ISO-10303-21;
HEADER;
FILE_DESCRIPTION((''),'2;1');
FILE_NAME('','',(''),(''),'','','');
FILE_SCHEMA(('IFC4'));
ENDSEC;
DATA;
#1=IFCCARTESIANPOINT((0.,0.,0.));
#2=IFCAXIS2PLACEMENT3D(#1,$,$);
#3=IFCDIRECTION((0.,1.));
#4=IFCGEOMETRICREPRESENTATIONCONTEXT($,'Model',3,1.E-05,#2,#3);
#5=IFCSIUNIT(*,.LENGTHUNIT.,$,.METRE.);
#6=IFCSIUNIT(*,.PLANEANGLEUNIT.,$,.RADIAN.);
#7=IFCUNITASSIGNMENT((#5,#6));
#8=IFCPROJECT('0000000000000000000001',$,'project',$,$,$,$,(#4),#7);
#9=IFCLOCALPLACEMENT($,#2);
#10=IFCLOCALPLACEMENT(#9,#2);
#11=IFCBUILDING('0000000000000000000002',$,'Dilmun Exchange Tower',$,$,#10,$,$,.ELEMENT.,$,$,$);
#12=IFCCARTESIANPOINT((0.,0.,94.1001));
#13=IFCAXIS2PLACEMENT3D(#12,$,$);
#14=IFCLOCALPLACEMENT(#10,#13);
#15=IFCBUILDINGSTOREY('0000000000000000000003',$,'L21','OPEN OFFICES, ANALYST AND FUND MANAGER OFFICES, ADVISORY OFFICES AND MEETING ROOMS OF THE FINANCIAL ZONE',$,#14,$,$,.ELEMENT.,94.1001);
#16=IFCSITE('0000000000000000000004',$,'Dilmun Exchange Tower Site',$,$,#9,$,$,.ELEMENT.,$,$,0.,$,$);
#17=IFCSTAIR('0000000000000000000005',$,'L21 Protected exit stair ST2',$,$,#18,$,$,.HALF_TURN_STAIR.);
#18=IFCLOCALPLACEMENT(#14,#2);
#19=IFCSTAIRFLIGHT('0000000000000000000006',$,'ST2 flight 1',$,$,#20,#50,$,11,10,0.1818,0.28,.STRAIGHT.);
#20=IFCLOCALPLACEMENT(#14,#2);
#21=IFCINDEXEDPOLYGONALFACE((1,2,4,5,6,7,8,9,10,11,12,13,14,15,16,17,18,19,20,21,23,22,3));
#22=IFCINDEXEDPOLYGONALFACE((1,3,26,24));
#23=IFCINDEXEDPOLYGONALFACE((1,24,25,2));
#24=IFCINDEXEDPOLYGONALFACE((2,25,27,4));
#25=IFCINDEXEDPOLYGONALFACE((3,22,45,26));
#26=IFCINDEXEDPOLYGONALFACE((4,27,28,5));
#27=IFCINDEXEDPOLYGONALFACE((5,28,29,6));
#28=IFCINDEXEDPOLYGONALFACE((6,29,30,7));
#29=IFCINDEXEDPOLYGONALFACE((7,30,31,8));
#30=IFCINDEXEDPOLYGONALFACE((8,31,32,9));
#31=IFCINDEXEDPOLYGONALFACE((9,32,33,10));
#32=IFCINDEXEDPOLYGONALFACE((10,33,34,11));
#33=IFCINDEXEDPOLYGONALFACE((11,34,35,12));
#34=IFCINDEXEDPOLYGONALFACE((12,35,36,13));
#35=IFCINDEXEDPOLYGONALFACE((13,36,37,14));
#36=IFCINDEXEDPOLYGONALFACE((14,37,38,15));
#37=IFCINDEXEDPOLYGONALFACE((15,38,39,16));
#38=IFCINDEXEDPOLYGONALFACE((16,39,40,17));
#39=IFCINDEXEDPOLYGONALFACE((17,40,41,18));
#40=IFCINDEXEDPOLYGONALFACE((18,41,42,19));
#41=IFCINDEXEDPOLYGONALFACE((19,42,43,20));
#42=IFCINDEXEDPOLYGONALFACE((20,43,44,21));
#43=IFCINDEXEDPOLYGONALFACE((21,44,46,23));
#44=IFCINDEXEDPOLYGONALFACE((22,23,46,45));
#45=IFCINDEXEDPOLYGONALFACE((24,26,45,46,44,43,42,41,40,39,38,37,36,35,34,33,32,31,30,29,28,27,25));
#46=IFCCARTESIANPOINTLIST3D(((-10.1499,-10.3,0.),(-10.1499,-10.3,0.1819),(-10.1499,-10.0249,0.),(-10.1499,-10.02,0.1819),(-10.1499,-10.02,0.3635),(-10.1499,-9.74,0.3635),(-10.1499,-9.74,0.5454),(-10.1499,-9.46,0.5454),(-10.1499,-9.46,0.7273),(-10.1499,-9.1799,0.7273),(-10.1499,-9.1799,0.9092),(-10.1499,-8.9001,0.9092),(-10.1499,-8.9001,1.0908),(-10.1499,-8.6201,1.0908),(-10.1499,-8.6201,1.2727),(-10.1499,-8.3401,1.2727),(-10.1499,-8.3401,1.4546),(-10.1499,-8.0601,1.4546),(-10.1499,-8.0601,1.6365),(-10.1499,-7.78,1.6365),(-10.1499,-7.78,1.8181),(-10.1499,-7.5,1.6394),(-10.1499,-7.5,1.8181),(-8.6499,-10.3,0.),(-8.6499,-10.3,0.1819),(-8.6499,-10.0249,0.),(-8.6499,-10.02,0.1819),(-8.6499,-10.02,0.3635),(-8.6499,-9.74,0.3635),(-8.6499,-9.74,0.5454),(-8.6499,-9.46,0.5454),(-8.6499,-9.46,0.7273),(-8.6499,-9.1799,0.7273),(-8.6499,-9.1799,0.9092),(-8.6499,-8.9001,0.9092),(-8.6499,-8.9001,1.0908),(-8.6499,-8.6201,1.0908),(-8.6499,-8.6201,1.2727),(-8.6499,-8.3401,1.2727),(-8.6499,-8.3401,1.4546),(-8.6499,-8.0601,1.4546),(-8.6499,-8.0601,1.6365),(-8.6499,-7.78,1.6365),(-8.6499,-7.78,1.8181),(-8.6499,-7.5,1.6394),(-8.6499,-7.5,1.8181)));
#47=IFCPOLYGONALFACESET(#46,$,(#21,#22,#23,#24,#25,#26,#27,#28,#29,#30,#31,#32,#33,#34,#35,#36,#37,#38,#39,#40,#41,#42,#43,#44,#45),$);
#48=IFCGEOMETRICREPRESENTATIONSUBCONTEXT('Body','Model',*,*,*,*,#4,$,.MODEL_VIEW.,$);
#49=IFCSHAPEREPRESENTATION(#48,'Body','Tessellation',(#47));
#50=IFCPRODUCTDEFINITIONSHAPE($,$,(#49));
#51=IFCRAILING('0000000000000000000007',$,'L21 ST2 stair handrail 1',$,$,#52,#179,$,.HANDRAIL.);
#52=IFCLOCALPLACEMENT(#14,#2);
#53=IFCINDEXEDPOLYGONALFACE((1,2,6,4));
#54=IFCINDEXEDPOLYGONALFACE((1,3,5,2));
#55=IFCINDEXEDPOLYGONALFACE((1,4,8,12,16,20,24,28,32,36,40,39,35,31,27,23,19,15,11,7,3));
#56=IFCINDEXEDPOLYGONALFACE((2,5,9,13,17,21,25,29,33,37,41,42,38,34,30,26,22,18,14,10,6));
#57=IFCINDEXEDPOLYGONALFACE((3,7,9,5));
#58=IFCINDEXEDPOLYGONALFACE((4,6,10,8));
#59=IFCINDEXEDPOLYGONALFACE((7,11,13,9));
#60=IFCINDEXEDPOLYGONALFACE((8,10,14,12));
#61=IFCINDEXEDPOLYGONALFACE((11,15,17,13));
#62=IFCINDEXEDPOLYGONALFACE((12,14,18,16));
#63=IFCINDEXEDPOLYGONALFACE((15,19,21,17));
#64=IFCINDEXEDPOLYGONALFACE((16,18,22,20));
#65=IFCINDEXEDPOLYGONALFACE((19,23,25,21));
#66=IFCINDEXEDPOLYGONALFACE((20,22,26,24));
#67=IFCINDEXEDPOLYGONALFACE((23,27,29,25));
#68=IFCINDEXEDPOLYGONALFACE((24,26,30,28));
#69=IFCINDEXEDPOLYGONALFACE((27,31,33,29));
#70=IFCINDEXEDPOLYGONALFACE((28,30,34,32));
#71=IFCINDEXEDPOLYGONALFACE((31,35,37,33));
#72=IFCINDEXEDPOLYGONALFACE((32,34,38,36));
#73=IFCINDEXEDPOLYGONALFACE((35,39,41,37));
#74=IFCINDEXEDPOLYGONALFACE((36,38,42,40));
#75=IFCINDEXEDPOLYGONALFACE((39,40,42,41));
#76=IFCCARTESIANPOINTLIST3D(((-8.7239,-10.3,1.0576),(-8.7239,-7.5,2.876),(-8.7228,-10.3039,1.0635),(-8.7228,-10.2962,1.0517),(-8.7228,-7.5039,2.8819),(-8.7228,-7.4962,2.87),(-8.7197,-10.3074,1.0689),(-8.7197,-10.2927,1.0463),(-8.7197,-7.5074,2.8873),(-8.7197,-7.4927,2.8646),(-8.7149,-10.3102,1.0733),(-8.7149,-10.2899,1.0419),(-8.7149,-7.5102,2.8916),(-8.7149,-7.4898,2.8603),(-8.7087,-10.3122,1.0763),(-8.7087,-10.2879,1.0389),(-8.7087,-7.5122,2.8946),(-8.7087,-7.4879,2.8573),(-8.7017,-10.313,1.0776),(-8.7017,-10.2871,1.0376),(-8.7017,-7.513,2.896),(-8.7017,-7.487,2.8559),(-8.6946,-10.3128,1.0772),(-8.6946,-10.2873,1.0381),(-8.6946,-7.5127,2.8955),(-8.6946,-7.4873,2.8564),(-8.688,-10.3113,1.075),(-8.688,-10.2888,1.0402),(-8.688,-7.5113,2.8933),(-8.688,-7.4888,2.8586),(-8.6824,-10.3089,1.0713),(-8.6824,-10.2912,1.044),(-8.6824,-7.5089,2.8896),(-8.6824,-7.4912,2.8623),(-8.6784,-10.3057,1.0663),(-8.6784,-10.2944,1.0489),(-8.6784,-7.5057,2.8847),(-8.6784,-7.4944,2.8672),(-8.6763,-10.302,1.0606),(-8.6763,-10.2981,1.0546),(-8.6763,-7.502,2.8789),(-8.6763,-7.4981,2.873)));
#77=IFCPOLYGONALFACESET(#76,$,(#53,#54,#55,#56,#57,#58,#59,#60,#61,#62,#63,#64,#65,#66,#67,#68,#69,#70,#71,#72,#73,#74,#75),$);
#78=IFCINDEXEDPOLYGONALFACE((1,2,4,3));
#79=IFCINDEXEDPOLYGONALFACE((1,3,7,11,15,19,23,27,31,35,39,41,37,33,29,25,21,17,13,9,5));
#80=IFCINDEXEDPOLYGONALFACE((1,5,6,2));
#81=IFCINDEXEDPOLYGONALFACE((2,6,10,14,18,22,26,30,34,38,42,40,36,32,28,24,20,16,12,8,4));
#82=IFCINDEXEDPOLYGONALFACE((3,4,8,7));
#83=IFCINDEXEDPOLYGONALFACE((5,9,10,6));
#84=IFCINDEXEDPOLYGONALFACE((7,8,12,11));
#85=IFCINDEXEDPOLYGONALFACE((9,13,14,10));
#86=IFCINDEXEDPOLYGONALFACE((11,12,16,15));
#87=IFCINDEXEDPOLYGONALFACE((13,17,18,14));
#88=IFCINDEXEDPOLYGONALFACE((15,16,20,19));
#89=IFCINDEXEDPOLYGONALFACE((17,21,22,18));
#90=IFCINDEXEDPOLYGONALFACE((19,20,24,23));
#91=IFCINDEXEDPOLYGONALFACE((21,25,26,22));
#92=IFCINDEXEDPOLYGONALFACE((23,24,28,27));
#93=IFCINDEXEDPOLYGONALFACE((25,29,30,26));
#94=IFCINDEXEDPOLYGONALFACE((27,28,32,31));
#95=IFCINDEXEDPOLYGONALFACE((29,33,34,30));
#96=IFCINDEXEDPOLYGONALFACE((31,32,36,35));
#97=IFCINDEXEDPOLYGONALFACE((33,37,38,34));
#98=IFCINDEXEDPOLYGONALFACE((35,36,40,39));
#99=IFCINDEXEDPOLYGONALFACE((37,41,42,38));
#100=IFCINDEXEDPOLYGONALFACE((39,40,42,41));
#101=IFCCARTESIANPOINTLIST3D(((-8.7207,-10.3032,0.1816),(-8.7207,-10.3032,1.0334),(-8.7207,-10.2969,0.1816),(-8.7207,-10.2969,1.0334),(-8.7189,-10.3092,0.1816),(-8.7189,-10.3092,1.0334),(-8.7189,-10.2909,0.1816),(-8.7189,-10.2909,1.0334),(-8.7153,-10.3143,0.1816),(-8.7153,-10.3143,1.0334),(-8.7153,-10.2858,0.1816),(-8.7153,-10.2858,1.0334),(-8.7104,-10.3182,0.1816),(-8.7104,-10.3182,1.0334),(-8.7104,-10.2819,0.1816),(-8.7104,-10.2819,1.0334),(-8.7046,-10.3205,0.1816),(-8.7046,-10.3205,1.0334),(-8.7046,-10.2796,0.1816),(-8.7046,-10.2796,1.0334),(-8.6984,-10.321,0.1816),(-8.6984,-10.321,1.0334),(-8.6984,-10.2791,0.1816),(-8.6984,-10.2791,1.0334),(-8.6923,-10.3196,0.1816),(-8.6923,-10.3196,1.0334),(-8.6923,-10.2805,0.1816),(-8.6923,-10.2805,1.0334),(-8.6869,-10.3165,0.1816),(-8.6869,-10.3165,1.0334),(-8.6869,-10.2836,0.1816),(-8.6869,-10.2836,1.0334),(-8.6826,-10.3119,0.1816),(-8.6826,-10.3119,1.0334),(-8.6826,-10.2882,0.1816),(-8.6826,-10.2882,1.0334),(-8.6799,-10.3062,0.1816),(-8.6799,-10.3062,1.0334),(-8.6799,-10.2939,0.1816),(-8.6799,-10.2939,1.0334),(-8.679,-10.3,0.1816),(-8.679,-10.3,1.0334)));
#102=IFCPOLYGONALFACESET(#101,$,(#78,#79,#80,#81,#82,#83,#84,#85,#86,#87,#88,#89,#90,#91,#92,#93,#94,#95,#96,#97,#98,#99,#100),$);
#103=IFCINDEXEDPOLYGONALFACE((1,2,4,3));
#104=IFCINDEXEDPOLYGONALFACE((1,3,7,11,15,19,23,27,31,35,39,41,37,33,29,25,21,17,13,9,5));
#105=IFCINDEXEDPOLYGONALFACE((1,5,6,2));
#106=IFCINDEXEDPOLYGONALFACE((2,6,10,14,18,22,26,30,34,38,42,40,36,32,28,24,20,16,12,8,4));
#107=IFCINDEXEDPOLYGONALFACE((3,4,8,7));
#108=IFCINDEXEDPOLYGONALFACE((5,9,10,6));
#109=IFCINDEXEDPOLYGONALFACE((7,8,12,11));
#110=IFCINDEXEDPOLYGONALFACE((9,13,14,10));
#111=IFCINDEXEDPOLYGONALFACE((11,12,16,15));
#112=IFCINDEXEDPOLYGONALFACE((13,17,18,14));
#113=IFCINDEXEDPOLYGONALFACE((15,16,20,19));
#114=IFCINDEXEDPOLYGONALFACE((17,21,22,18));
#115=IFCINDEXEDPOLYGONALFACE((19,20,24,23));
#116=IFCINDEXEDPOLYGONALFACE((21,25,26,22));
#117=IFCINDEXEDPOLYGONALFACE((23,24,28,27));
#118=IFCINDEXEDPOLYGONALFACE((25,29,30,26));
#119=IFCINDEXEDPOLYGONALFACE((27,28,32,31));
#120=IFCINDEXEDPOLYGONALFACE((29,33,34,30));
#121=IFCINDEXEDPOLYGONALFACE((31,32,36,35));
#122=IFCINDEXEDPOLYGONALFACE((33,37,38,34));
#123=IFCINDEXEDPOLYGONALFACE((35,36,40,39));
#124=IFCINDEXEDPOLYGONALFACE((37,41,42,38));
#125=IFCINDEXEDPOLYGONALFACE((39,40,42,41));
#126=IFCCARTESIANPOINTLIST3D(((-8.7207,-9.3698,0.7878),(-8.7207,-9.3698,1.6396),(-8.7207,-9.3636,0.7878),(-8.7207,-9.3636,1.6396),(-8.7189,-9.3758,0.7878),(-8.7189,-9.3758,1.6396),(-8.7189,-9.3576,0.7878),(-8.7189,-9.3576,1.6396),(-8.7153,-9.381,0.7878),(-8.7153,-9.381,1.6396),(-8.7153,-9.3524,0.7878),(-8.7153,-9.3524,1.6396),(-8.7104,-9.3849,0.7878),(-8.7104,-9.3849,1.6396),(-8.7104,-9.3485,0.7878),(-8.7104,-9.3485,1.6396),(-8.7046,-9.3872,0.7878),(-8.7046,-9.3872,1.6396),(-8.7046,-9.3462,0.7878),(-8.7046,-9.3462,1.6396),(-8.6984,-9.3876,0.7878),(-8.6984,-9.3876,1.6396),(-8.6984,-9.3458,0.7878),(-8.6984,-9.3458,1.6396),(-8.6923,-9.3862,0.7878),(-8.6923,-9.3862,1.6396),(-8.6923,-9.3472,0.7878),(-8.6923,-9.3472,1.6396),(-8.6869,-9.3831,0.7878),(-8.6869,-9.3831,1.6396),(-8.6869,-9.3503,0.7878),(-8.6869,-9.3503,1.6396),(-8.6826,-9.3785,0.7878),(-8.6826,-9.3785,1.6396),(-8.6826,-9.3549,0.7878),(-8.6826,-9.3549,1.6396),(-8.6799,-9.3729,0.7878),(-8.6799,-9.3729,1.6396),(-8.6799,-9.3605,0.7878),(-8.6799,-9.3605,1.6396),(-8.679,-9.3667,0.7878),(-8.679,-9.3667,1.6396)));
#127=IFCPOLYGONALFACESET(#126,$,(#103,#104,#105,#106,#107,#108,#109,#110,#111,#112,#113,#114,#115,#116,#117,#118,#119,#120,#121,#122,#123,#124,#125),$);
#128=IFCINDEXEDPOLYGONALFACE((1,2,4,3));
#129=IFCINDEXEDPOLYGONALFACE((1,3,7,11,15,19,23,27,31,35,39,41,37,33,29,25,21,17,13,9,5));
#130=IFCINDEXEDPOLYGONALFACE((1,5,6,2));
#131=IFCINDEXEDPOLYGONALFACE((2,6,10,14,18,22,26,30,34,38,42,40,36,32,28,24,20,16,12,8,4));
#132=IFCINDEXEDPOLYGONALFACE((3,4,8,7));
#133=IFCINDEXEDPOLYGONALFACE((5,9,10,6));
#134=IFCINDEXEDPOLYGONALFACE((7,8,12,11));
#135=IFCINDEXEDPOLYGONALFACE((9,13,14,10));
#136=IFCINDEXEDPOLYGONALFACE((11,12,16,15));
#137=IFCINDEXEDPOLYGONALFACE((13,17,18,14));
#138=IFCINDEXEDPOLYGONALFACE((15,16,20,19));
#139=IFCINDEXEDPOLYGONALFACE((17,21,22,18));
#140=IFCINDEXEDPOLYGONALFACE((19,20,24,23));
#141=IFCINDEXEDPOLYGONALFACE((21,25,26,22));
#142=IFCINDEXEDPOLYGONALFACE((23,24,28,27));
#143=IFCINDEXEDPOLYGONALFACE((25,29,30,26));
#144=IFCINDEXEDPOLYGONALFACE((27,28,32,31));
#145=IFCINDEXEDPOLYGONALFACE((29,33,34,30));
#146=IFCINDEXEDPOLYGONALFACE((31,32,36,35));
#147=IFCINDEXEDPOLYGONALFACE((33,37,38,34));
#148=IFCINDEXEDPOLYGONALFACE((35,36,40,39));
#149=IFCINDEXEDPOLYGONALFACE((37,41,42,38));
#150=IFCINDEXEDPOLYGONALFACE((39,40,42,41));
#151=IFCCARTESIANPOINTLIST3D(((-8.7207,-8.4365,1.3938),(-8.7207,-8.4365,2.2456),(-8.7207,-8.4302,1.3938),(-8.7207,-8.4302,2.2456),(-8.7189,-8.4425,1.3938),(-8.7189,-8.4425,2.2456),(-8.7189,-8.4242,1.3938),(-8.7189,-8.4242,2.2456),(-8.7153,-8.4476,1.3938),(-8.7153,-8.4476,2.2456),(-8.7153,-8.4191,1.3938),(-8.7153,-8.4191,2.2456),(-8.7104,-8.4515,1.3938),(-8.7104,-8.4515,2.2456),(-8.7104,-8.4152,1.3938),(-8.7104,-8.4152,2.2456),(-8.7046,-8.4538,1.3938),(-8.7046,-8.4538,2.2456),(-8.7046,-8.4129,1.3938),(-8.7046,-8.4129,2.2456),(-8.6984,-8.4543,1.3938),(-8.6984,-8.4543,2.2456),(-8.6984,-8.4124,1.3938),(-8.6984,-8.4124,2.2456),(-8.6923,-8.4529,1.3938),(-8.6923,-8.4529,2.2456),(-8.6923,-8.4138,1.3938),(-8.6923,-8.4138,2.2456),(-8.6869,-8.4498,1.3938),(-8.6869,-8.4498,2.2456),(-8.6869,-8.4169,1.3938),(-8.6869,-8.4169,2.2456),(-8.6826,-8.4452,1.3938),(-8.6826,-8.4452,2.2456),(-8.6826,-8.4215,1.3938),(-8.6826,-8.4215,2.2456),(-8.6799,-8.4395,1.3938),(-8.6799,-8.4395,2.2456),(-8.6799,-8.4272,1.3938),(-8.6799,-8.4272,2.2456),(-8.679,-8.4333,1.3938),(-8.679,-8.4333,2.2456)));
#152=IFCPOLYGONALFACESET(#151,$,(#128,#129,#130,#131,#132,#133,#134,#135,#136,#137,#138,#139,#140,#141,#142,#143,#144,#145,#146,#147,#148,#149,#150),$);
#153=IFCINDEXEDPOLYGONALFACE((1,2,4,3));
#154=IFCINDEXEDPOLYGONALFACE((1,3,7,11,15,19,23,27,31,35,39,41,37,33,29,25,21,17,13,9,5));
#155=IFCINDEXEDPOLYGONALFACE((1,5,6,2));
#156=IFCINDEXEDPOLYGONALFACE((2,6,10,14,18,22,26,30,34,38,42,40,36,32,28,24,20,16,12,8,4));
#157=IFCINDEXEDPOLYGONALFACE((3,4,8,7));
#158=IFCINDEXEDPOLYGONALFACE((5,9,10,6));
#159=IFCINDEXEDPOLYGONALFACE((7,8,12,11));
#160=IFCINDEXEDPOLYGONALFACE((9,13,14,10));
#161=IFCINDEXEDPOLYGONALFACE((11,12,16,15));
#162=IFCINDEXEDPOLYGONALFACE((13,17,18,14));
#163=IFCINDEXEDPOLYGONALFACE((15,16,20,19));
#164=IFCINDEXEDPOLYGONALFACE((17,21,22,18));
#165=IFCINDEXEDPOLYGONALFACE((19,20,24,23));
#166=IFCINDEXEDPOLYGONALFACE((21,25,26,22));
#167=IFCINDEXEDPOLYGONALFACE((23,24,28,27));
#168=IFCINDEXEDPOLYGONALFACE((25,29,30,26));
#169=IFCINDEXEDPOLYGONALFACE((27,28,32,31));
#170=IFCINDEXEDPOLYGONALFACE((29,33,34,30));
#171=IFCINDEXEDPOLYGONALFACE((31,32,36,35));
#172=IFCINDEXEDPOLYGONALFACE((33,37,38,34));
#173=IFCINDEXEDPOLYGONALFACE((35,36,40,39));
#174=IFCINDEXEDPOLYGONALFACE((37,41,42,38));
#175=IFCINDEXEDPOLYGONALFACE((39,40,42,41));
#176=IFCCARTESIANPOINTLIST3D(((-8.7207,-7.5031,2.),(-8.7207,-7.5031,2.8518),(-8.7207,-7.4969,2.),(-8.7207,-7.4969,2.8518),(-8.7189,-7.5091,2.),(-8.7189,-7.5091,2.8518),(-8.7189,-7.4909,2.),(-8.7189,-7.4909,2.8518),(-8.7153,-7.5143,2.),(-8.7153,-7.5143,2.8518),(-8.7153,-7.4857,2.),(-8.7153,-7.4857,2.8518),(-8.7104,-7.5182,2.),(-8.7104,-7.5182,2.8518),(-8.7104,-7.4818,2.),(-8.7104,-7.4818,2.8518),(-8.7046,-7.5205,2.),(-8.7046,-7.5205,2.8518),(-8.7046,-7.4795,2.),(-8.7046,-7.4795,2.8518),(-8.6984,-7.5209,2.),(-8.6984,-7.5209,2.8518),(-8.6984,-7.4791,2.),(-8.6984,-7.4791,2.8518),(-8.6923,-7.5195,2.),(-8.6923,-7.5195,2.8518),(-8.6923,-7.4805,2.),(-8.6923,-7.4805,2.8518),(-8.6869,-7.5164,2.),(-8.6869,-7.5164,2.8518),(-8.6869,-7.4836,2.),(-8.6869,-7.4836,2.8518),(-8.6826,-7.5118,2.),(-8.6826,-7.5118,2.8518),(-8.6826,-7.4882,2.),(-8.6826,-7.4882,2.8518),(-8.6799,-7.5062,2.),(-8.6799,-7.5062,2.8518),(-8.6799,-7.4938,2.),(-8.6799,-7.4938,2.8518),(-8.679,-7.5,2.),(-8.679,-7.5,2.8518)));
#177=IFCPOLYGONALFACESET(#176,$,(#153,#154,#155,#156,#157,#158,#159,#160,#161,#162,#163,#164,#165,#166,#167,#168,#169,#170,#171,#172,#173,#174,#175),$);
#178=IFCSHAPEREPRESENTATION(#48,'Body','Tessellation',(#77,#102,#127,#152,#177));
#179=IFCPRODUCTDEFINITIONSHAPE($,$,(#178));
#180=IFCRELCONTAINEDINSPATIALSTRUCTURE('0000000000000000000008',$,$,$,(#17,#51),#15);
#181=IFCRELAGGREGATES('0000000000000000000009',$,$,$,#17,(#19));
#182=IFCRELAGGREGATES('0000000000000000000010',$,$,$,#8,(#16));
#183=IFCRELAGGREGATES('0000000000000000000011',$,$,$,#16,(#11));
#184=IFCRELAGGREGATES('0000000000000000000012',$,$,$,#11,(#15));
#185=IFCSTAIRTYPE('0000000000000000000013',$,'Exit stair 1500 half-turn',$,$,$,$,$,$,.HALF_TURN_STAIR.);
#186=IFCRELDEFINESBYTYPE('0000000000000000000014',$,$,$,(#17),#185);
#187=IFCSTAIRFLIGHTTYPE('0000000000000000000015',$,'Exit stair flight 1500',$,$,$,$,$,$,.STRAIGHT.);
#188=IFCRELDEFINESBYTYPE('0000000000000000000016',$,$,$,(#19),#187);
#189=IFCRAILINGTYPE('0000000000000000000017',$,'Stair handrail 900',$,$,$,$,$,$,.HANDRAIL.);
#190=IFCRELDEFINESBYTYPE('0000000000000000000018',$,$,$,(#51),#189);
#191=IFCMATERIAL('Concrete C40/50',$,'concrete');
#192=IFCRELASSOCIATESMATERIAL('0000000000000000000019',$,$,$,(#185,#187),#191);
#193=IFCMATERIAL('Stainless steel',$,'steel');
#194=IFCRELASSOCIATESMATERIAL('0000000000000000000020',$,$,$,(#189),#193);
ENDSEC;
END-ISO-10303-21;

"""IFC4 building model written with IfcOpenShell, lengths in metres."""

from ifc_helpers import new_model, si_unit, direction, frame, origin, origin_2d, place, context, subcontext, project, spatial, polyline, circle, outline, extrude, material, type_object, element, aggregate, save


model = new_model("IFC4")

# Units and contexts
model_context = context("Model", 3, precision=1e-05, world=origin(), true_north=direction((0.0, 1.0)))
body_context = subcontext(model_context, "Body", "Model", "MODEL_VIEW")
ifc_project = project(units=[si_unit("LENGTHUNIT", "METRE"), si_unit("PLANEANGLEUNIT", "RADIAN")], contexts=[model_context])

# Site, building, storey
site_placement = place(None, origin())
site = spatial("IfcSite", under=ifc_project, at=site_placement, Name="Dilmun Exchange Tower Site", CompositionType="ELEMENT", RefElevation=0.0)
building_placement = place(site_placement, origin())
building = spatial("IfcBuilding", under=site, at=building_placement, Name="Dilmun Exchange Tower", CompositionType="ELEMENT")
storey_placement = place(building_placement, frame((0.0, 0.0, 94.1001)))
storey = spatial("IfcBuildingStorey", under=building, at=storey_placement, Name="L21", Description="OPEN OFFICES, ANALYST AND FUND MANAGER OFFICES, ADVISORY OFFICES AND MEETING ROOMS OF THE FINANCIAL ZONE", CompositionType="ELEMENT", Elevation=94.1001)

# Shared definitions
ifc_material_1 = material(Name="Concrete C40/50", Category="concrete")

# Stair, stair flight
stair_type = type_object("IfcStairType", Name="Exit stair 1500 half-turn", PredefinedType="HALF_TURN_STAIR", material=ifc_material_1)
stair_placement = place(storey_placement, origin())
stair = element("IfcStair", 1, at=stair_placement, inside=storey, type_object=stair_type, Name="L21 Protected exit stair ST2", PredefinedType="HALF_TURN_STAIR")
stair_flight_type = type_object("IfcStairFlightType", Name="Exit stair flight 1500", PredefinedType="STRAIGHT", material=ifc_material_1)
stair_flight_placement = place(storey_placement, frame((-9.3999, -10.3, 0.0), z_axis=(0.0, 0.0, 1.0), x_axis=(0.0, 1.0, 0.0)))
stair_flight = element("IfcStairFlight", 2, at=stair_flight_placement, type_object=stair_flight_type, Name="ST2 flight 1", NumberOfRisers=11, NumberOfTreads=10, PredefinedType="STRAIGHT", RiserHeight=0.1818, TreadLength=0.28, context=body_context, shape_type="SweptSolid", body=[
    extrude(outline(polyline([(0.0, 0.0), (0.0, 0.1819), (0.28, 0.1819), (0.28, 0.3635), (0.5601, 0.3635), (0.5601, 0.5454), (0.8401, 0.5454), (0.8401, 0.7273), (1.1201, 0.7273), (1.1201, 0.9092), (1.3999, 0.9092), (1.3999, 1.0908), (1.6799, 1.0908), (1.6799, 1.2727), (1.96, 1.2727), (1.96, 1.4546), (2.24, 1.4546), (2.24, 1.6365), (2.52, 1.6365), (2.52, 1.8181), (2.8, 1.8181), (2.8, 2.0), (2.8, 1.6394), (0.2751, 0.0), (0.0, 0.0)])), frame((0.0, 0.75, 0.0), z_axis=(0.0, -1.0, 0.0), x_axis=(1.0, 0.0, 0.0)), (0.0, 0.0, 1.0), 1.5),
])
aggregate(stair, [stair_flight])

# Railing
ifc_material_2 = material(Name="Stainless steel", Category="steel")
railing_type = type_object("IfcRailingType", Name="Stair handrail 900", PredefinedType="HANDRAIL", material=ifc_material_2)
railing_placement = place(storey_placement, frame((-8.7, -10.3, 0.1816)))
element("IfcRailing", 3, at=railing_placement, inside=storey, type_object=railing_type, Name="L21 ST2 stair handrail 1", PredefinedType="HANDRAIL", context=body_context, shape_type="SweptSolid", body=[
    extrude(circle(Radius=0.0239, at=origin_2d()), frame((0.0, 0.0, 0.876), z_axis=(0.0, 0.838672, 0.544636), x_axis=(-1.0, 0.0, 0.0)), (0.0, 0.0, 1.0), 3.3386),
    extrude(circle(Radius=0.021, at=origin_2d()), origin(), (0.0, 0.0, 1.0), 0.8518),
    extrude(circle(Radius=0.021, at=origin_2d()), frame((0.0, 0.9333, 0.6062)), (0.0, 0.0, 1.0), 0.8518),
    extrude(circle(Radius=0.021, at=origin_2d()), frame((0.0, 1.8667, 1.2122)), (0.0, 0.0, 1.0), 0.8518),
    extrude(circle(Radius=0.021, at=origin_2d()), frame((0.0, 2.8, 1.8184)), (0.0, 0.0, 1.0), 0.8518),
])

save(model, "model.ifc")
